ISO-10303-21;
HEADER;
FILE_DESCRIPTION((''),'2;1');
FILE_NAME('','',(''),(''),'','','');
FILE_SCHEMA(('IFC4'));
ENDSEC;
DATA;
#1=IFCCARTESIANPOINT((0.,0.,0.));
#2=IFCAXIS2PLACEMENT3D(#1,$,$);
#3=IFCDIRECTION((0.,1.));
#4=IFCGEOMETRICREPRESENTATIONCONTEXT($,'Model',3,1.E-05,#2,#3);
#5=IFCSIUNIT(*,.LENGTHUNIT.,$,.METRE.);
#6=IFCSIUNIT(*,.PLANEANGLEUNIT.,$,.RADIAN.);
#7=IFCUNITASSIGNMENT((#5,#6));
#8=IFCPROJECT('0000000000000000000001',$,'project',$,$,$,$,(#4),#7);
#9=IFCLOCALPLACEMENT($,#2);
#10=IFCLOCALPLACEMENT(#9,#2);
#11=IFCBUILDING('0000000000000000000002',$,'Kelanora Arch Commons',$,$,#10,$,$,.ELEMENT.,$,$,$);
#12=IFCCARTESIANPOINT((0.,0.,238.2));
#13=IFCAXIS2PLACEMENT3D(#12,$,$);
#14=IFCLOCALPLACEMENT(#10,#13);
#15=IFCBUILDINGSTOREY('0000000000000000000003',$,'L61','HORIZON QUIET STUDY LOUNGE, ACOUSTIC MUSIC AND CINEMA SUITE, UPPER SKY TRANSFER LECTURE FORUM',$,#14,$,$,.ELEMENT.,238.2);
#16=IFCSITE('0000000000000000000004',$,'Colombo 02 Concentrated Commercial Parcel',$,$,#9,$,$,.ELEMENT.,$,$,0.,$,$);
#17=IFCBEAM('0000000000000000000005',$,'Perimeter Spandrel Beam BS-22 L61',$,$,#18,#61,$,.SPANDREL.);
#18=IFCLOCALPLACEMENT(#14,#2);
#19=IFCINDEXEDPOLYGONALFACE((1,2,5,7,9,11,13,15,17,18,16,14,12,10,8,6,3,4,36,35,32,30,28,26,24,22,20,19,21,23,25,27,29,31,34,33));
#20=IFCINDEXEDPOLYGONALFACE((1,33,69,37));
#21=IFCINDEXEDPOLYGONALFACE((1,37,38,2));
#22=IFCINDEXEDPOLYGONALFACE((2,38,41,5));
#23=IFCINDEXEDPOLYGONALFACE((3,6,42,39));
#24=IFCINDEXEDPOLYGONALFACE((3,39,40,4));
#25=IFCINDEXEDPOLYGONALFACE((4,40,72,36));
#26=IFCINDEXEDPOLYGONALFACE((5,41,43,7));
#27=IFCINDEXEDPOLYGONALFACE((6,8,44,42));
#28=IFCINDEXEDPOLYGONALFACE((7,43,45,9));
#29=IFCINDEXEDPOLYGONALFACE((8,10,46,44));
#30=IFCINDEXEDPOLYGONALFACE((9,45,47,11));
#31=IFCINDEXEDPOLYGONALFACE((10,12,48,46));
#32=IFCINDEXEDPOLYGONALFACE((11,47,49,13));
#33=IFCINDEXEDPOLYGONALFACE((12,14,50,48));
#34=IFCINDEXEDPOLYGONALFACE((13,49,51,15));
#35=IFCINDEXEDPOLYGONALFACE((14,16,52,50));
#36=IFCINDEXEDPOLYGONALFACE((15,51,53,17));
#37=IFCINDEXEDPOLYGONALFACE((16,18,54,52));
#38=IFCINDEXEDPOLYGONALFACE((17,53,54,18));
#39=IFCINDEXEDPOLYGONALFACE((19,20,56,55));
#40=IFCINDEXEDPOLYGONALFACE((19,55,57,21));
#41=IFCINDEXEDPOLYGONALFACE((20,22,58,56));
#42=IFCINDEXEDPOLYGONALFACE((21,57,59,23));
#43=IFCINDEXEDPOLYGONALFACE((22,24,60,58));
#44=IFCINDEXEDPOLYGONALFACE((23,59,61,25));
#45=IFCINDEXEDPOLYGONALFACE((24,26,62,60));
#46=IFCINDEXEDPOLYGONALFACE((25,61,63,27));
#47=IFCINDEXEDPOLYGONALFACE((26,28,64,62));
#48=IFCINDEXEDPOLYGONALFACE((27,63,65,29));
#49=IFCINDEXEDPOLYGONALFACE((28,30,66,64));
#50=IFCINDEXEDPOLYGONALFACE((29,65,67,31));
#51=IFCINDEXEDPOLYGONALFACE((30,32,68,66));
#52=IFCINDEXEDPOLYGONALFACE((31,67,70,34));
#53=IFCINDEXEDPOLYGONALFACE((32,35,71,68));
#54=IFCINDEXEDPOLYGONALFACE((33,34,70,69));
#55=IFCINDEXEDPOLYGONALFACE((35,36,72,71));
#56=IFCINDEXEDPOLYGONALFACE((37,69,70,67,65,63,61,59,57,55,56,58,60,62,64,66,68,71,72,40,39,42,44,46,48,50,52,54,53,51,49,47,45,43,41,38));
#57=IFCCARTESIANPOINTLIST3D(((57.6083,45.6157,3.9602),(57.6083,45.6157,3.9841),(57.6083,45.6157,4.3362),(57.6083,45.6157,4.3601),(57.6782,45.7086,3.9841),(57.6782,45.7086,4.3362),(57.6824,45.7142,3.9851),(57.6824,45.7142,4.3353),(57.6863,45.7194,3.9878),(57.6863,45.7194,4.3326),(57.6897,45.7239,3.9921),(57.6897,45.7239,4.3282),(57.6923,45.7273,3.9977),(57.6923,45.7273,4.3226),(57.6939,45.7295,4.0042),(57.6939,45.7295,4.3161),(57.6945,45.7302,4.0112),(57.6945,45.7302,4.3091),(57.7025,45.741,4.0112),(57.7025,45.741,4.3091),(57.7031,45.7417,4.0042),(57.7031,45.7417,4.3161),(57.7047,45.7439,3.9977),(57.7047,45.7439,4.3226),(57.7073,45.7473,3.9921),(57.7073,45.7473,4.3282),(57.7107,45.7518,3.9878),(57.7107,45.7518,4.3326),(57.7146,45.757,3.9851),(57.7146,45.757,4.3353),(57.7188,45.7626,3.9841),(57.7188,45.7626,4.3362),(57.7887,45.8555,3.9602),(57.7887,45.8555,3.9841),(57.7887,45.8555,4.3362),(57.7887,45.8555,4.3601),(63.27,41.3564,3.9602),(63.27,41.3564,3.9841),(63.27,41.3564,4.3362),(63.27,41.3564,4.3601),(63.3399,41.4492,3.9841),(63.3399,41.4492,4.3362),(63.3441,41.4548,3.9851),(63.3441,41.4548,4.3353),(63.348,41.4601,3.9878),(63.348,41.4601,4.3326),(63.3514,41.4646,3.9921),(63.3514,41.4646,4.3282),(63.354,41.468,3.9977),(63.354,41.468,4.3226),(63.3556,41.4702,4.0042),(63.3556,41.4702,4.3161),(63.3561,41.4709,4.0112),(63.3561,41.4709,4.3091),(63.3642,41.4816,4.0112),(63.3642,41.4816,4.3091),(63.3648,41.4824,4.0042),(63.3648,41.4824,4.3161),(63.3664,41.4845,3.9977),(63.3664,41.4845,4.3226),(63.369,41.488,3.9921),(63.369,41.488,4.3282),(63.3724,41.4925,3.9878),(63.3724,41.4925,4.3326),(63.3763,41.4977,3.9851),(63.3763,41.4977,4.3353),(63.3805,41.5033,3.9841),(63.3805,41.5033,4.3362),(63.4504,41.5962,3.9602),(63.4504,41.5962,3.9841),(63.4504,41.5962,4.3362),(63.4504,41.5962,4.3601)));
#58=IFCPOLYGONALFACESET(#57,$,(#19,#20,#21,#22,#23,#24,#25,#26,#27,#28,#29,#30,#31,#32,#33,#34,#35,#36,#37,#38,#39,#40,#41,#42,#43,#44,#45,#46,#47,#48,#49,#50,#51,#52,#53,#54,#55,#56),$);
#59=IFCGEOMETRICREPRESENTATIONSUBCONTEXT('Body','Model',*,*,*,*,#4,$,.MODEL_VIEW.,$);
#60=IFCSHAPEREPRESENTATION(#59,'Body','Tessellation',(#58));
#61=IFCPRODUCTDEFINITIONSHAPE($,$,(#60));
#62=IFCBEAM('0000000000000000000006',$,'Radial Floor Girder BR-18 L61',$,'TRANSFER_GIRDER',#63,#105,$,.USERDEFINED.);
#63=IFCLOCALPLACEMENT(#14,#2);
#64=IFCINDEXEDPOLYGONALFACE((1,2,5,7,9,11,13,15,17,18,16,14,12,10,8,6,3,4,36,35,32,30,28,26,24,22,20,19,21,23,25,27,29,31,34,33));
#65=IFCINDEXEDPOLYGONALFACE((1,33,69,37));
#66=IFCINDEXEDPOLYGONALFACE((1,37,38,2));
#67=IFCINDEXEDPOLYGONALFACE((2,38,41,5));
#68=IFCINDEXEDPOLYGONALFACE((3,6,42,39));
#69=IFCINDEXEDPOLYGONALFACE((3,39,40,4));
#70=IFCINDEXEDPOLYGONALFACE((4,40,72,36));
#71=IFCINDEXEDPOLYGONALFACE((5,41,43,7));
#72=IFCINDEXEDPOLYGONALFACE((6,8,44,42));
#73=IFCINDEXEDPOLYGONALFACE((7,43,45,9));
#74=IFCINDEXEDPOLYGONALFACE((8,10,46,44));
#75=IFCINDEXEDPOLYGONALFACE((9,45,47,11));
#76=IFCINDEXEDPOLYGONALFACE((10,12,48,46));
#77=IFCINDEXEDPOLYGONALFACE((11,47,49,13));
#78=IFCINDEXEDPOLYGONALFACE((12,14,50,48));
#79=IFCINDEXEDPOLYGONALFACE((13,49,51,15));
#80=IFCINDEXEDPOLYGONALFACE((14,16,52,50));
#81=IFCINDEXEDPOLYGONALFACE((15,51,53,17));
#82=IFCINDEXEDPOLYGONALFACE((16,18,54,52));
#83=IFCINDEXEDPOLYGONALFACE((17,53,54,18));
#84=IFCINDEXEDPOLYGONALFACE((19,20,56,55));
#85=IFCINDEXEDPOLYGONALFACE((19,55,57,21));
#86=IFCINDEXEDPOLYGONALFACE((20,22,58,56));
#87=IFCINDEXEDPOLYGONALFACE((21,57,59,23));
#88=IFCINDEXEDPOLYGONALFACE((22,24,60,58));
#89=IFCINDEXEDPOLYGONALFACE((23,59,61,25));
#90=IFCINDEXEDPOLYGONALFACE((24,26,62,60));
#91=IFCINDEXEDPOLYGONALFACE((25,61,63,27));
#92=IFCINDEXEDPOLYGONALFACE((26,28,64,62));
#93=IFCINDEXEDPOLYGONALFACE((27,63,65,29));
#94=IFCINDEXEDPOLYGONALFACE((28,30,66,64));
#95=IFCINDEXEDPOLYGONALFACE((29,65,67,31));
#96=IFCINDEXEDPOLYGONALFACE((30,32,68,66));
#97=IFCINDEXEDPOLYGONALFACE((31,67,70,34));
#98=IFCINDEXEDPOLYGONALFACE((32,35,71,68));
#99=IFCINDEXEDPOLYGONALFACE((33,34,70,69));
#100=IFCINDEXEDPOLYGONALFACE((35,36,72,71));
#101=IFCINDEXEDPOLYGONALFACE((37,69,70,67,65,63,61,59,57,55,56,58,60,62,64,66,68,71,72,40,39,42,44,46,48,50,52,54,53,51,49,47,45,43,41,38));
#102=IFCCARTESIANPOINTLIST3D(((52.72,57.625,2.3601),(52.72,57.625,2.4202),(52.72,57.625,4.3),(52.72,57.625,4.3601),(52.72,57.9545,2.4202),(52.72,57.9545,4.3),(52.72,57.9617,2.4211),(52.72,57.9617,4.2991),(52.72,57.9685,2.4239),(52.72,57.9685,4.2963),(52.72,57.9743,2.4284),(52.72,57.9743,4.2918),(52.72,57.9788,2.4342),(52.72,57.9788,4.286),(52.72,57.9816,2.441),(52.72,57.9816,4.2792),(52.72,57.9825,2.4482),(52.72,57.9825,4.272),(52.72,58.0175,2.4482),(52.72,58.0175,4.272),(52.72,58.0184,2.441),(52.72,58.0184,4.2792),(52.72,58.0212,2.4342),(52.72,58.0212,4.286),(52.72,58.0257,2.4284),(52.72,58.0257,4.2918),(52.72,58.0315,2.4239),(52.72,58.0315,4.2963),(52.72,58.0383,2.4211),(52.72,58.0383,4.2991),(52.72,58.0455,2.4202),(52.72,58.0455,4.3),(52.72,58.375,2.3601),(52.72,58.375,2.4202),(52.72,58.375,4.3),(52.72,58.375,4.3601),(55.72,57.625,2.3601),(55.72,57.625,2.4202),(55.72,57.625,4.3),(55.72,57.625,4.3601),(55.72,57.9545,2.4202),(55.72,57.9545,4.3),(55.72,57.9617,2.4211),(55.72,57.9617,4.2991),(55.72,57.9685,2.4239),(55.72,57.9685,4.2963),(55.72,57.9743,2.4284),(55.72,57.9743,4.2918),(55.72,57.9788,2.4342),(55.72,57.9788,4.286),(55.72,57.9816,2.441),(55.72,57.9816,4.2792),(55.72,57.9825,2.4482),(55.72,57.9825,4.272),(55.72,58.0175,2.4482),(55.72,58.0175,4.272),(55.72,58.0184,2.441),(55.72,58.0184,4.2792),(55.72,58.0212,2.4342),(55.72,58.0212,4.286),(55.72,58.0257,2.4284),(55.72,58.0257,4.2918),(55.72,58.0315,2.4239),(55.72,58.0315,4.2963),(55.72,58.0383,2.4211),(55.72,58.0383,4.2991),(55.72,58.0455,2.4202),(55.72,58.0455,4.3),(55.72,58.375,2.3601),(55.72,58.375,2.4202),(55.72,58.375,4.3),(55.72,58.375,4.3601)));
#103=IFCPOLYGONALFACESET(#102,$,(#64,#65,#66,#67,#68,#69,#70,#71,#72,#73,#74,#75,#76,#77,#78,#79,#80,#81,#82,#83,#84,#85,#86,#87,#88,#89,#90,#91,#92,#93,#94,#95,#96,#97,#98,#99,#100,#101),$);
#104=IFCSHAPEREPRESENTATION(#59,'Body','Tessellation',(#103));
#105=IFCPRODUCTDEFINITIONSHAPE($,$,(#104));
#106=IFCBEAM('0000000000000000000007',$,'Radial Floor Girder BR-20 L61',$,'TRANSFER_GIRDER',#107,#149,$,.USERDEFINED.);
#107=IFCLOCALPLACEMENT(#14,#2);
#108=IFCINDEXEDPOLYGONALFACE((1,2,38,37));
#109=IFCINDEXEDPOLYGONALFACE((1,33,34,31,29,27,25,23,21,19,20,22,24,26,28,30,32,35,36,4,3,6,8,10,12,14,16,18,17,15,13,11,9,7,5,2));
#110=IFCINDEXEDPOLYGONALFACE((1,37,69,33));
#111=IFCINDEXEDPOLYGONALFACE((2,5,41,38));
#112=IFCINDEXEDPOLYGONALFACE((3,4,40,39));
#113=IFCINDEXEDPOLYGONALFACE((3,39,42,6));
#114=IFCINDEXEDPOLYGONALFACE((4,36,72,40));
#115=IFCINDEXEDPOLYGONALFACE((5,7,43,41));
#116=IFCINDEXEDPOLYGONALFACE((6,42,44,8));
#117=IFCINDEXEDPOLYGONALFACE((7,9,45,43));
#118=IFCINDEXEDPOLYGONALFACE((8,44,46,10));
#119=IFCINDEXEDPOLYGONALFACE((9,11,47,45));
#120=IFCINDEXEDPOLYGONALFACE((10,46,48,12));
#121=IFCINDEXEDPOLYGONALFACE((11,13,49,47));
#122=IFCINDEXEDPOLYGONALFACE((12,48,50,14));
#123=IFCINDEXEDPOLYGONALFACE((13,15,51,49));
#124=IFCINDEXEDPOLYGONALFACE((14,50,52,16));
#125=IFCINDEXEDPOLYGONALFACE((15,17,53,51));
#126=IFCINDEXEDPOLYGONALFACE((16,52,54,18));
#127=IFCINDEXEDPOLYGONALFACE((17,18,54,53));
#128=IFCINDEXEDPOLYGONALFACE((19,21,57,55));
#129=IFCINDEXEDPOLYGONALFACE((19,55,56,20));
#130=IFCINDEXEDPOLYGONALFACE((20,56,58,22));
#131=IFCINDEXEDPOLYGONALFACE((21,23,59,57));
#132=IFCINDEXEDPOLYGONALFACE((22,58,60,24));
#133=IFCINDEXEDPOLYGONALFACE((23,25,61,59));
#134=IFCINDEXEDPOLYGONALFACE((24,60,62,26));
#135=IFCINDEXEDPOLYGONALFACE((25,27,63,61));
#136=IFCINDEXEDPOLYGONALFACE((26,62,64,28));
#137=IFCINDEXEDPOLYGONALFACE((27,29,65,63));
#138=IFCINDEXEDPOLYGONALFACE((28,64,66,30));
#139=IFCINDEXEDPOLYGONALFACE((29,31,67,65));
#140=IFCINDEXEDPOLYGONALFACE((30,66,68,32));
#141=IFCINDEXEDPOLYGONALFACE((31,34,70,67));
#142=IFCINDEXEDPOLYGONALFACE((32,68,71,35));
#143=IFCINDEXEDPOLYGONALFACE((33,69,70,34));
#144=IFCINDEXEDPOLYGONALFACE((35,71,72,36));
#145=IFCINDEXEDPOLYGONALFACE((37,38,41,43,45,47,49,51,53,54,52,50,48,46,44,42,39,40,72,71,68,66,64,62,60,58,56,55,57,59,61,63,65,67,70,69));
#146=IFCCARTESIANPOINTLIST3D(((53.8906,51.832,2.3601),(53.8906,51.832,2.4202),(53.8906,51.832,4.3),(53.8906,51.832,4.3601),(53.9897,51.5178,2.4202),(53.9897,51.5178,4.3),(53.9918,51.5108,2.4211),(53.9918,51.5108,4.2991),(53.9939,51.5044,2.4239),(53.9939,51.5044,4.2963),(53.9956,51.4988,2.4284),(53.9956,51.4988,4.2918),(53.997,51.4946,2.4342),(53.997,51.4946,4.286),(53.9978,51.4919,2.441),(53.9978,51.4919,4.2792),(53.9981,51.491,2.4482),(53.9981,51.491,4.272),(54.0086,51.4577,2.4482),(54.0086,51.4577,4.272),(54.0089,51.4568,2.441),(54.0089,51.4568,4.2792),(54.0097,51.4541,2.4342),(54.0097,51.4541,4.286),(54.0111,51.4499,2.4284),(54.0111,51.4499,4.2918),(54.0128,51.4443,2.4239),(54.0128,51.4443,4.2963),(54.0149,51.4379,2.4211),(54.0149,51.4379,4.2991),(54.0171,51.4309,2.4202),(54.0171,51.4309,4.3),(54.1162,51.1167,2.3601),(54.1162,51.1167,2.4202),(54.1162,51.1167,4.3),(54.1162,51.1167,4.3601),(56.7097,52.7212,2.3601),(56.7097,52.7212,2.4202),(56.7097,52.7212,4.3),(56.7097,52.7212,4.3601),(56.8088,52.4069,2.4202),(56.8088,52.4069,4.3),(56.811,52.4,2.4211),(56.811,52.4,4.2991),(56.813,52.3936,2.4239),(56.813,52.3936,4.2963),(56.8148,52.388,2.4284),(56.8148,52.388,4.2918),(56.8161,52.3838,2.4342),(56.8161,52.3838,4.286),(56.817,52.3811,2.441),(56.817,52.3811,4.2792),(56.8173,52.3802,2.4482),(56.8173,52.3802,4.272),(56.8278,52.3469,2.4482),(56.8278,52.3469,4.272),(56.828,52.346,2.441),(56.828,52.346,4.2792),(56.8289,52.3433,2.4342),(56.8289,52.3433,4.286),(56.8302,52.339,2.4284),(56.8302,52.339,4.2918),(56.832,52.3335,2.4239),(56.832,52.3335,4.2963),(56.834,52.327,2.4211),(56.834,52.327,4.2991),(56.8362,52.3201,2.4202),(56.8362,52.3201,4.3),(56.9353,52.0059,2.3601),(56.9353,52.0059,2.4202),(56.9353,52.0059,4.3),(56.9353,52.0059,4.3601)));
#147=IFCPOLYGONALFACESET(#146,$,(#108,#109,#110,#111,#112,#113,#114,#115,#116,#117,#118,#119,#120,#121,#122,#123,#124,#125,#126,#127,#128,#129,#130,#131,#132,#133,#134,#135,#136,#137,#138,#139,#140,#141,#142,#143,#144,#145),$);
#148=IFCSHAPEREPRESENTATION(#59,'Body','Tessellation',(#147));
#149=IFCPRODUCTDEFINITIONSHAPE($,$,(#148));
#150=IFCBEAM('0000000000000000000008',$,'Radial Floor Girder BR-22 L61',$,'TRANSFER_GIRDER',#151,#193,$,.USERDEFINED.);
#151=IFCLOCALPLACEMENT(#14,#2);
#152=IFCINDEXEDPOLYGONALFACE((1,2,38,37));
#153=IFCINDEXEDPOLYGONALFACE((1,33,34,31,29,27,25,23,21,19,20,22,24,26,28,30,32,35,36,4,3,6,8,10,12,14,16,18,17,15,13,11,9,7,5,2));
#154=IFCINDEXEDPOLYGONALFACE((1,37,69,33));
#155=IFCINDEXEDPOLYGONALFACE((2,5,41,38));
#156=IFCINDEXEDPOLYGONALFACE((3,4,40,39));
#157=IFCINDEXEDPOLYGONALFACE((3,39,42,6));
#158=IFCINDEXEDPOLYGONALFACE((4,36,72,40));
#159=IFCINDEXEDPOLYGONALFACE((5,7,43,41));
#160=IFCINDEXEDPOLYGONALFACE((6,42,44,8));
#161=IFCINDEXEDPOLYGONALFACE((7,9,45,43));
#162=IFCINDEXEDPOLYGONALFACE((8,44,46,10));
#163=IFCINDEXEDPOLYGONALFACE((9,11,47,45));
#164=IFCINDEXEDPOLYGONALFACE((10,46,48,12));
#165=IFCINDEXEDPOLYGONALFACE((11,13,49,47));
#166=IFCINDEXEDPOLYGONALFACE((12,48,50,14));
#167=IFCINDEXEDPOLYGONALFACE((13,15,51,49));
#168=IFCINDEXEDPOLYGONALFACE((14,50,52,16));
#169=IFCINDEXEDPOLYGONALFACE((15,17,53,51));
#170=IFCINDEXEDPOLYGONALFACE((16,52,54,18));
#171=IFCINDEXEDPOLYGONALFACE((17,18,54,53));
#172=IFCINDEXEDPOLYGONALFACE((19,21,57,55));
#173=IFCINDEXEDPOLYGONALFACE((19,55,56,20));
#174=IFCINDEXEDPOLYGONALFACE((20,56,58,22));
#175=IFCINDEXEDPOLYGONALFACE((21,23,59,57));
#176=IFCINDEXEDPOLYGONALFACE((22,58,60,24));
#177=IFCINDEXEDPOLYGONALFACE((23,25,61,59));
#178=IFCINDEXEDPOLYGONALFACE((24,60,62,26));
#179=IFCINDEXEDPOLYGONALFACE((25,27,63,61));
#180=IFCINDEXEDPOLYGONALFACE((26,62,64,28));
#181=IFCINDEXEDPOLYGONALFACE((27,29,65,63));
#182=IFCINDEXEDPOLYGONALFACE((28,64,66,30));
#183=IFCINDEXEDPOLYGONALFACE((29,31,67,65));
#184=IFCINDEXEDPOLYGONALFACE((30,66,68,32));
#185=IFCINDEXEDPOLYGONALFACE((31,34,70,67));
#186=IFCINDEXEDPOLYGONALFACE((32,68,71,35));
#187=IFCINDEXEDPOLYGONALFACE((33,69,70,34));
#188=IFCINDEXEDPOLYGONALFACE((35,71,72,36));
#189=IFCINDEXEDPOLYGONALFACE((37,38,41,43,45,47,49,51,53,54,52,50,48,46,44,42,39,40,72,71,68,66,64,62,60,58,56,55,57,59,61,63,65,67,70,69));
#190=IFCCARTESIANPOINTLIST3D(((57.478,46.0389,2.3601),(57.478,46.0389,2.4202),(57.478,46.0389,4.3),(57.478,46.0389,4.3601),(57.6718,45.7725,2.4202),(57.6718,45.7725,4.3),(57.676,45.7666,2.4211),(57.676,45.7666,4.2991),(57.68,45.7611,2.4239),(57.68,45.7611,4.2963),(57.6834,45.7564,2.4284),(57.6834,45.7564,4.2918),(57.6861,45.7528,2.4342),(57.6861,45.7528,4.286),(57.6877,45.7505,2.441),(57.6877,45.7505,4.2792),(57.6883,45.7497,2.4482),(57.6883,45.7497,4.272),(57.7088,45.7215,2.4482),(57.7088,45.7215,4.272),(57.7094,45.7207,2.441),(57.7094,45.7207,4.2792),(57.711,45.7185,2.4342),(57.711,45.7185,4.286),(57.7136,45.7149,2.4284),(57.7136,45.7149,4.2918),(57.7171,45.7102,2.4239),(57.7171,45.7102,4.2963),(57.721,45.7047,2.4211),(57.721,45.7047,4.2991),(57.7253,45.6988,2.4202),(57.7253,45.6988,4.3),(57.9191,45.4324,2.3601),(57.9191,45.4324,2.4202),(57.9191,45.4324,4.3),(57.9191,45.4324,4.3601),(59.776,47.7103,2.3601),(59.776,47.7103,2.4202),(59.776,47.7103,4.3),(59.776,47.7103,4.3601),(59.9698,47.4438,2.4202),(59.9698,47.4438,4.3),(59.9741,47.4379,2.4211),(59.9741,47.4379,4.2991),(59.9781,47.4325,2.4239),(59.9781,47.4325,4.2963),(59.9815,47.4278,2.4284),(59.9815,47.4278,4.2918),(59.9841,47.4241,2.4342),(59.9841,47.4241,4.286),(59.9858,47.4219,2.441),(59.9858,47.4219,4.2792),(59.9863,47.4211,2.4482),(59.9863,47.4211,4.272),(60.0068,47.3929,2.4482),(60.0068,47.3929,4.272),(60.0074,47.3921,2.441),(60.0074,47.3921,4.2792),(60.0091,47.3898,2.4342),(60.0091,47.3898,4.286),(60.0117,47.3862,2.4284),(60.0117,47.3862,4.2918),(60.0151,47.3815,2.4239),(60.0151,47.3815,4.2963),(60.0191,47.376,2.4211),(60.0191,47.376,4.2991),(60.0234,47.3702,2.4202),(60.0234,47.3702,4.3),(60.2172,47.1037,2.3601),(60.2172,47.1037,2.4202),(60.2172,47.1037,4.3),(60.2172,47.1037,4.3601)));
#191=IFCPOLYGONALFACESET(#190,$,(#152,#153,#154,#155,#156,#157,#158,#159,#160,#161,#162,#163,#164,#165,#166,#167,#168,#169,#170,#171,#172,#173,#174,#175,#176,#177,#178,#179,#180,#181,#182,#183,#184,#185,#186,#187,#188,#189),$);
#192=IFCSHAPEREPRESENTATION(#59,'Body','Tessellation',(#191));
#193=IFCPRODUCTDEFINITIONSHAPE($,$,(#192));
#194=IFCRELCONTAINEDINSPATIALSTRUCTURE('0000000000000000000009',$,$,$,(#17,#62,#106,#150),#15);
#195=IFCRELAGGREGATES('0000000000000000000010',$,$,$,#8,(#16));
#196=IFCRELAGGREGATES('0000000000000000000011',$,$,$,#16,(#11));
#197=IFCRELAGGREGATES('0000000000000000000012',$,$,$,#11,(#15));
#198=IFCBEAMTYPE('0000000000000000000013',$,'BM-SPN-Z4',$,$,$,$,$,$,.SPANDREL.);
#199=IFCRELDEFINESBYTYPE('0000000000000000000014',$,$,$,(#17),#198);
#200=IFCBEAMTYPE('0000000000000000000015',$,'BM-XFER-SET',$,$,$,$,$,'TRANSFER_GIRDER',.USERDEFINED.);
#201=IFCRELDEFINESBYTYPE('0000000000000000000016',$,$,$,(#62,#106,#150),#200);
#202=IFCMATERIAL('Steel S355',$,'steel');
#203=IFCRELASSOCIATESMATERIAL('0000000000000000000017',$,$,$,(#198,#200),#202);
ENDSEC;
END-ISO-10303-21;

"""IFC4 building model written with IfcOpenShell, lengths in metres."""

from ifc_helpers import new_model, si_unit, direction, frame, origin, origin_2d, place, context, subcontext, project, spatial, i_section, extrude, material, material_profile, profile_set, type_object, element, save


model = new_model("IFC4")

# Units and contexts
model_context = context("Model", 3, precision=1e-05, world=origin(), true_north=direction((0.0, 1.0)))
body_context = subcontext(model_context, "Body", "Model", "MODEL_VIEW")
ifc_project = project(units=[si_unit("LENGTHUNIT", "METRE"), si_unit("PLANEANGLEUNIT", "RADIAN")], contexts=[model_context])

# Site, building, storey
site_placement = place(None, origin())
site = spatial("IfcSite", under=ifc_project, at=site_placement, Name="Colombo 02 Concentrated Commercial Parcel", CompositionType="ELEMENT", RefElevation=0.0)
building_placement = place(site_placement, origin())
building = spatial("IfcBuilding", under=site, at=building_placement, Name="Kelanora Arch Commons", CompositionType="ELEMENT")
storey_placement = place(building_placement, frame((0.0, 0.0, 238.2)))
storey = spatial("IfcBuildingStorey", under=building, at=storey_placement, Name="L61", Description="HORIZON QUIET STUDY LOUNGE, ACOUSTIC MUSIC AND CINEMA SUITE, UPPER SKY TRANSFER LECTURE FORUM", CompositionType="ELEMENT", Elevation=238.2)

# Beams
ifc_material_1 = material(Name="Steel S355", Category="steel")
ifc_material_profile_1 = material_profile(ifc_material_1, i_section(OverallWidth=0.3, OverallDepth=0.3999, WebThickness=0.0134, FlangeThickness=0.0239, FilletRadius=0.0271, at=origin_2d()), Name="HEB400")
ifc_profile_set_1 = profile_set([ifc_material_profile_1], Name="Steel S355")
beam_type_1 = type_object("IfcBeamType", Name="BM-SPN-Z4", PredefinedType="SPANDREL", material=ifc_profile_set_1)
beam_1_placement = place(storey_placement, frame((57.6985, 45.7356, 4.1602), z_axis=(0.799114, -0.601179, 0.0), x_axis=(0.601179, 0.799114, 0.0)))
element("IfcBeam", 1, at=beam_1_placement, inside=storey, type_object=beam_type_1, Name="Perimeter Spandrel Beam BS-22 L61", PredefinedType="SPANDREL", context=body_context, shape_type="SweptSolid", body=[
    extrude(i_section(OverallWidth=0.3, OverallDepth=0.3999, WebThickness=0.0134, FlangeThickness=0.0239, FilletRadius=0.0271, at=origin_2d()), origin(), (0.0, 0.0, 1.0), 7.085),
])
ifc_material_profile_2 = material_profile(ifc_material_1, i_section(OverallWidth=0.75, OverallDepth=2.0, WebThickness=0.0349, FlangeThickness=0.0601, FilletRadius=0.0281, at=origin_2d()), Name="PG2000x750")
ifc_profile_set_2 = profile_set([ifc_material_profile_2], Name="Steel S355")
beam_type_2 = type_object("IfcBeamType", Name="BM-XFER-SET", ElementType="TRANSFER_GIRDER", PredefinedType="USERDEFINED", material=ifc_profile_set_2)
beam_2_placement = place(storey_placement, frame((55.72, 58.0, 3.3601), z_axis=(-1.0, 0.0, 0.0), x_axis=(0.0, -1.0, 0.0)))
element("IfcBeam", 2, at=beam_2_placement, inside=storey, type_object=beam_type_2, Name="Radial Floor Girder BR-18 L61", ObjectType="TRANSFER_GIRDER", PredefinedType="USERDEFINED", context=body_context, shape_type="SweptSolid", body=[
    extrude(i_section(OverallWidth=0.75, OverallDepth=2.0, WebThickness=0.0349, FlangeThickness=0.0601, FilletRadius=0.0281, at=origin_2d()), origin(), (0.0, 0.0, 1.0), 3.0),
])
beam_3_placement = place(storey_placement, frame((56.8225, 52.3635, 3.3601), z_axis=(-0.953687, -0.300799, 0.0), x_axis=(0.300799, -0.953687, 0.0)))
element("IfcBeam", 3, at=beam_3_placement, inside=storey, type_object=beam_type_2, Name="Radial Floor Girder BR-20 L61", ObjectType="TRANSFER_GIRDER", PredefinedType="USERDEFINED", context=body_context, shape_type="SweptSolid", body=[
    extrude(i_section(OverallWidth=0.75, OverallDepth=2.0, WebThickness=0.0349, FlangeThickness=0.0601, FilletRadius=0.0281, at=origin_2d()), origin(), (0.0, 0.0, 1.0), 2.9561),
])
beam_4_placement = place(storey_placement, frame((59.9966, 47.407, 3.3601), z_axis=(-0.808729, -0.588182, 0.0), x_axis=(0.588182, -0.808729, 0.0)))
element("IfcBeam", 4, at=beam_4_placement, inside=storey, type_object=beam_type_2, Name="Radial Floor Girder BR-22 L61", ObjectType="TRANSFER_GIRDER", PredefinedType="USERDEFINED", context=body_context, shape_type="SweptSolid", body=[
    extrude(i_section(OverallWidth=0.75, OverallDepth=2.0, WebThickness=0.0349, FlangeThickness=0.0601, FilletRadius=0.0281, at=origin_2d()), origin(), (0.0, 0.0, 1.0), 2.8416),
])

save(model, "model.ifc")
